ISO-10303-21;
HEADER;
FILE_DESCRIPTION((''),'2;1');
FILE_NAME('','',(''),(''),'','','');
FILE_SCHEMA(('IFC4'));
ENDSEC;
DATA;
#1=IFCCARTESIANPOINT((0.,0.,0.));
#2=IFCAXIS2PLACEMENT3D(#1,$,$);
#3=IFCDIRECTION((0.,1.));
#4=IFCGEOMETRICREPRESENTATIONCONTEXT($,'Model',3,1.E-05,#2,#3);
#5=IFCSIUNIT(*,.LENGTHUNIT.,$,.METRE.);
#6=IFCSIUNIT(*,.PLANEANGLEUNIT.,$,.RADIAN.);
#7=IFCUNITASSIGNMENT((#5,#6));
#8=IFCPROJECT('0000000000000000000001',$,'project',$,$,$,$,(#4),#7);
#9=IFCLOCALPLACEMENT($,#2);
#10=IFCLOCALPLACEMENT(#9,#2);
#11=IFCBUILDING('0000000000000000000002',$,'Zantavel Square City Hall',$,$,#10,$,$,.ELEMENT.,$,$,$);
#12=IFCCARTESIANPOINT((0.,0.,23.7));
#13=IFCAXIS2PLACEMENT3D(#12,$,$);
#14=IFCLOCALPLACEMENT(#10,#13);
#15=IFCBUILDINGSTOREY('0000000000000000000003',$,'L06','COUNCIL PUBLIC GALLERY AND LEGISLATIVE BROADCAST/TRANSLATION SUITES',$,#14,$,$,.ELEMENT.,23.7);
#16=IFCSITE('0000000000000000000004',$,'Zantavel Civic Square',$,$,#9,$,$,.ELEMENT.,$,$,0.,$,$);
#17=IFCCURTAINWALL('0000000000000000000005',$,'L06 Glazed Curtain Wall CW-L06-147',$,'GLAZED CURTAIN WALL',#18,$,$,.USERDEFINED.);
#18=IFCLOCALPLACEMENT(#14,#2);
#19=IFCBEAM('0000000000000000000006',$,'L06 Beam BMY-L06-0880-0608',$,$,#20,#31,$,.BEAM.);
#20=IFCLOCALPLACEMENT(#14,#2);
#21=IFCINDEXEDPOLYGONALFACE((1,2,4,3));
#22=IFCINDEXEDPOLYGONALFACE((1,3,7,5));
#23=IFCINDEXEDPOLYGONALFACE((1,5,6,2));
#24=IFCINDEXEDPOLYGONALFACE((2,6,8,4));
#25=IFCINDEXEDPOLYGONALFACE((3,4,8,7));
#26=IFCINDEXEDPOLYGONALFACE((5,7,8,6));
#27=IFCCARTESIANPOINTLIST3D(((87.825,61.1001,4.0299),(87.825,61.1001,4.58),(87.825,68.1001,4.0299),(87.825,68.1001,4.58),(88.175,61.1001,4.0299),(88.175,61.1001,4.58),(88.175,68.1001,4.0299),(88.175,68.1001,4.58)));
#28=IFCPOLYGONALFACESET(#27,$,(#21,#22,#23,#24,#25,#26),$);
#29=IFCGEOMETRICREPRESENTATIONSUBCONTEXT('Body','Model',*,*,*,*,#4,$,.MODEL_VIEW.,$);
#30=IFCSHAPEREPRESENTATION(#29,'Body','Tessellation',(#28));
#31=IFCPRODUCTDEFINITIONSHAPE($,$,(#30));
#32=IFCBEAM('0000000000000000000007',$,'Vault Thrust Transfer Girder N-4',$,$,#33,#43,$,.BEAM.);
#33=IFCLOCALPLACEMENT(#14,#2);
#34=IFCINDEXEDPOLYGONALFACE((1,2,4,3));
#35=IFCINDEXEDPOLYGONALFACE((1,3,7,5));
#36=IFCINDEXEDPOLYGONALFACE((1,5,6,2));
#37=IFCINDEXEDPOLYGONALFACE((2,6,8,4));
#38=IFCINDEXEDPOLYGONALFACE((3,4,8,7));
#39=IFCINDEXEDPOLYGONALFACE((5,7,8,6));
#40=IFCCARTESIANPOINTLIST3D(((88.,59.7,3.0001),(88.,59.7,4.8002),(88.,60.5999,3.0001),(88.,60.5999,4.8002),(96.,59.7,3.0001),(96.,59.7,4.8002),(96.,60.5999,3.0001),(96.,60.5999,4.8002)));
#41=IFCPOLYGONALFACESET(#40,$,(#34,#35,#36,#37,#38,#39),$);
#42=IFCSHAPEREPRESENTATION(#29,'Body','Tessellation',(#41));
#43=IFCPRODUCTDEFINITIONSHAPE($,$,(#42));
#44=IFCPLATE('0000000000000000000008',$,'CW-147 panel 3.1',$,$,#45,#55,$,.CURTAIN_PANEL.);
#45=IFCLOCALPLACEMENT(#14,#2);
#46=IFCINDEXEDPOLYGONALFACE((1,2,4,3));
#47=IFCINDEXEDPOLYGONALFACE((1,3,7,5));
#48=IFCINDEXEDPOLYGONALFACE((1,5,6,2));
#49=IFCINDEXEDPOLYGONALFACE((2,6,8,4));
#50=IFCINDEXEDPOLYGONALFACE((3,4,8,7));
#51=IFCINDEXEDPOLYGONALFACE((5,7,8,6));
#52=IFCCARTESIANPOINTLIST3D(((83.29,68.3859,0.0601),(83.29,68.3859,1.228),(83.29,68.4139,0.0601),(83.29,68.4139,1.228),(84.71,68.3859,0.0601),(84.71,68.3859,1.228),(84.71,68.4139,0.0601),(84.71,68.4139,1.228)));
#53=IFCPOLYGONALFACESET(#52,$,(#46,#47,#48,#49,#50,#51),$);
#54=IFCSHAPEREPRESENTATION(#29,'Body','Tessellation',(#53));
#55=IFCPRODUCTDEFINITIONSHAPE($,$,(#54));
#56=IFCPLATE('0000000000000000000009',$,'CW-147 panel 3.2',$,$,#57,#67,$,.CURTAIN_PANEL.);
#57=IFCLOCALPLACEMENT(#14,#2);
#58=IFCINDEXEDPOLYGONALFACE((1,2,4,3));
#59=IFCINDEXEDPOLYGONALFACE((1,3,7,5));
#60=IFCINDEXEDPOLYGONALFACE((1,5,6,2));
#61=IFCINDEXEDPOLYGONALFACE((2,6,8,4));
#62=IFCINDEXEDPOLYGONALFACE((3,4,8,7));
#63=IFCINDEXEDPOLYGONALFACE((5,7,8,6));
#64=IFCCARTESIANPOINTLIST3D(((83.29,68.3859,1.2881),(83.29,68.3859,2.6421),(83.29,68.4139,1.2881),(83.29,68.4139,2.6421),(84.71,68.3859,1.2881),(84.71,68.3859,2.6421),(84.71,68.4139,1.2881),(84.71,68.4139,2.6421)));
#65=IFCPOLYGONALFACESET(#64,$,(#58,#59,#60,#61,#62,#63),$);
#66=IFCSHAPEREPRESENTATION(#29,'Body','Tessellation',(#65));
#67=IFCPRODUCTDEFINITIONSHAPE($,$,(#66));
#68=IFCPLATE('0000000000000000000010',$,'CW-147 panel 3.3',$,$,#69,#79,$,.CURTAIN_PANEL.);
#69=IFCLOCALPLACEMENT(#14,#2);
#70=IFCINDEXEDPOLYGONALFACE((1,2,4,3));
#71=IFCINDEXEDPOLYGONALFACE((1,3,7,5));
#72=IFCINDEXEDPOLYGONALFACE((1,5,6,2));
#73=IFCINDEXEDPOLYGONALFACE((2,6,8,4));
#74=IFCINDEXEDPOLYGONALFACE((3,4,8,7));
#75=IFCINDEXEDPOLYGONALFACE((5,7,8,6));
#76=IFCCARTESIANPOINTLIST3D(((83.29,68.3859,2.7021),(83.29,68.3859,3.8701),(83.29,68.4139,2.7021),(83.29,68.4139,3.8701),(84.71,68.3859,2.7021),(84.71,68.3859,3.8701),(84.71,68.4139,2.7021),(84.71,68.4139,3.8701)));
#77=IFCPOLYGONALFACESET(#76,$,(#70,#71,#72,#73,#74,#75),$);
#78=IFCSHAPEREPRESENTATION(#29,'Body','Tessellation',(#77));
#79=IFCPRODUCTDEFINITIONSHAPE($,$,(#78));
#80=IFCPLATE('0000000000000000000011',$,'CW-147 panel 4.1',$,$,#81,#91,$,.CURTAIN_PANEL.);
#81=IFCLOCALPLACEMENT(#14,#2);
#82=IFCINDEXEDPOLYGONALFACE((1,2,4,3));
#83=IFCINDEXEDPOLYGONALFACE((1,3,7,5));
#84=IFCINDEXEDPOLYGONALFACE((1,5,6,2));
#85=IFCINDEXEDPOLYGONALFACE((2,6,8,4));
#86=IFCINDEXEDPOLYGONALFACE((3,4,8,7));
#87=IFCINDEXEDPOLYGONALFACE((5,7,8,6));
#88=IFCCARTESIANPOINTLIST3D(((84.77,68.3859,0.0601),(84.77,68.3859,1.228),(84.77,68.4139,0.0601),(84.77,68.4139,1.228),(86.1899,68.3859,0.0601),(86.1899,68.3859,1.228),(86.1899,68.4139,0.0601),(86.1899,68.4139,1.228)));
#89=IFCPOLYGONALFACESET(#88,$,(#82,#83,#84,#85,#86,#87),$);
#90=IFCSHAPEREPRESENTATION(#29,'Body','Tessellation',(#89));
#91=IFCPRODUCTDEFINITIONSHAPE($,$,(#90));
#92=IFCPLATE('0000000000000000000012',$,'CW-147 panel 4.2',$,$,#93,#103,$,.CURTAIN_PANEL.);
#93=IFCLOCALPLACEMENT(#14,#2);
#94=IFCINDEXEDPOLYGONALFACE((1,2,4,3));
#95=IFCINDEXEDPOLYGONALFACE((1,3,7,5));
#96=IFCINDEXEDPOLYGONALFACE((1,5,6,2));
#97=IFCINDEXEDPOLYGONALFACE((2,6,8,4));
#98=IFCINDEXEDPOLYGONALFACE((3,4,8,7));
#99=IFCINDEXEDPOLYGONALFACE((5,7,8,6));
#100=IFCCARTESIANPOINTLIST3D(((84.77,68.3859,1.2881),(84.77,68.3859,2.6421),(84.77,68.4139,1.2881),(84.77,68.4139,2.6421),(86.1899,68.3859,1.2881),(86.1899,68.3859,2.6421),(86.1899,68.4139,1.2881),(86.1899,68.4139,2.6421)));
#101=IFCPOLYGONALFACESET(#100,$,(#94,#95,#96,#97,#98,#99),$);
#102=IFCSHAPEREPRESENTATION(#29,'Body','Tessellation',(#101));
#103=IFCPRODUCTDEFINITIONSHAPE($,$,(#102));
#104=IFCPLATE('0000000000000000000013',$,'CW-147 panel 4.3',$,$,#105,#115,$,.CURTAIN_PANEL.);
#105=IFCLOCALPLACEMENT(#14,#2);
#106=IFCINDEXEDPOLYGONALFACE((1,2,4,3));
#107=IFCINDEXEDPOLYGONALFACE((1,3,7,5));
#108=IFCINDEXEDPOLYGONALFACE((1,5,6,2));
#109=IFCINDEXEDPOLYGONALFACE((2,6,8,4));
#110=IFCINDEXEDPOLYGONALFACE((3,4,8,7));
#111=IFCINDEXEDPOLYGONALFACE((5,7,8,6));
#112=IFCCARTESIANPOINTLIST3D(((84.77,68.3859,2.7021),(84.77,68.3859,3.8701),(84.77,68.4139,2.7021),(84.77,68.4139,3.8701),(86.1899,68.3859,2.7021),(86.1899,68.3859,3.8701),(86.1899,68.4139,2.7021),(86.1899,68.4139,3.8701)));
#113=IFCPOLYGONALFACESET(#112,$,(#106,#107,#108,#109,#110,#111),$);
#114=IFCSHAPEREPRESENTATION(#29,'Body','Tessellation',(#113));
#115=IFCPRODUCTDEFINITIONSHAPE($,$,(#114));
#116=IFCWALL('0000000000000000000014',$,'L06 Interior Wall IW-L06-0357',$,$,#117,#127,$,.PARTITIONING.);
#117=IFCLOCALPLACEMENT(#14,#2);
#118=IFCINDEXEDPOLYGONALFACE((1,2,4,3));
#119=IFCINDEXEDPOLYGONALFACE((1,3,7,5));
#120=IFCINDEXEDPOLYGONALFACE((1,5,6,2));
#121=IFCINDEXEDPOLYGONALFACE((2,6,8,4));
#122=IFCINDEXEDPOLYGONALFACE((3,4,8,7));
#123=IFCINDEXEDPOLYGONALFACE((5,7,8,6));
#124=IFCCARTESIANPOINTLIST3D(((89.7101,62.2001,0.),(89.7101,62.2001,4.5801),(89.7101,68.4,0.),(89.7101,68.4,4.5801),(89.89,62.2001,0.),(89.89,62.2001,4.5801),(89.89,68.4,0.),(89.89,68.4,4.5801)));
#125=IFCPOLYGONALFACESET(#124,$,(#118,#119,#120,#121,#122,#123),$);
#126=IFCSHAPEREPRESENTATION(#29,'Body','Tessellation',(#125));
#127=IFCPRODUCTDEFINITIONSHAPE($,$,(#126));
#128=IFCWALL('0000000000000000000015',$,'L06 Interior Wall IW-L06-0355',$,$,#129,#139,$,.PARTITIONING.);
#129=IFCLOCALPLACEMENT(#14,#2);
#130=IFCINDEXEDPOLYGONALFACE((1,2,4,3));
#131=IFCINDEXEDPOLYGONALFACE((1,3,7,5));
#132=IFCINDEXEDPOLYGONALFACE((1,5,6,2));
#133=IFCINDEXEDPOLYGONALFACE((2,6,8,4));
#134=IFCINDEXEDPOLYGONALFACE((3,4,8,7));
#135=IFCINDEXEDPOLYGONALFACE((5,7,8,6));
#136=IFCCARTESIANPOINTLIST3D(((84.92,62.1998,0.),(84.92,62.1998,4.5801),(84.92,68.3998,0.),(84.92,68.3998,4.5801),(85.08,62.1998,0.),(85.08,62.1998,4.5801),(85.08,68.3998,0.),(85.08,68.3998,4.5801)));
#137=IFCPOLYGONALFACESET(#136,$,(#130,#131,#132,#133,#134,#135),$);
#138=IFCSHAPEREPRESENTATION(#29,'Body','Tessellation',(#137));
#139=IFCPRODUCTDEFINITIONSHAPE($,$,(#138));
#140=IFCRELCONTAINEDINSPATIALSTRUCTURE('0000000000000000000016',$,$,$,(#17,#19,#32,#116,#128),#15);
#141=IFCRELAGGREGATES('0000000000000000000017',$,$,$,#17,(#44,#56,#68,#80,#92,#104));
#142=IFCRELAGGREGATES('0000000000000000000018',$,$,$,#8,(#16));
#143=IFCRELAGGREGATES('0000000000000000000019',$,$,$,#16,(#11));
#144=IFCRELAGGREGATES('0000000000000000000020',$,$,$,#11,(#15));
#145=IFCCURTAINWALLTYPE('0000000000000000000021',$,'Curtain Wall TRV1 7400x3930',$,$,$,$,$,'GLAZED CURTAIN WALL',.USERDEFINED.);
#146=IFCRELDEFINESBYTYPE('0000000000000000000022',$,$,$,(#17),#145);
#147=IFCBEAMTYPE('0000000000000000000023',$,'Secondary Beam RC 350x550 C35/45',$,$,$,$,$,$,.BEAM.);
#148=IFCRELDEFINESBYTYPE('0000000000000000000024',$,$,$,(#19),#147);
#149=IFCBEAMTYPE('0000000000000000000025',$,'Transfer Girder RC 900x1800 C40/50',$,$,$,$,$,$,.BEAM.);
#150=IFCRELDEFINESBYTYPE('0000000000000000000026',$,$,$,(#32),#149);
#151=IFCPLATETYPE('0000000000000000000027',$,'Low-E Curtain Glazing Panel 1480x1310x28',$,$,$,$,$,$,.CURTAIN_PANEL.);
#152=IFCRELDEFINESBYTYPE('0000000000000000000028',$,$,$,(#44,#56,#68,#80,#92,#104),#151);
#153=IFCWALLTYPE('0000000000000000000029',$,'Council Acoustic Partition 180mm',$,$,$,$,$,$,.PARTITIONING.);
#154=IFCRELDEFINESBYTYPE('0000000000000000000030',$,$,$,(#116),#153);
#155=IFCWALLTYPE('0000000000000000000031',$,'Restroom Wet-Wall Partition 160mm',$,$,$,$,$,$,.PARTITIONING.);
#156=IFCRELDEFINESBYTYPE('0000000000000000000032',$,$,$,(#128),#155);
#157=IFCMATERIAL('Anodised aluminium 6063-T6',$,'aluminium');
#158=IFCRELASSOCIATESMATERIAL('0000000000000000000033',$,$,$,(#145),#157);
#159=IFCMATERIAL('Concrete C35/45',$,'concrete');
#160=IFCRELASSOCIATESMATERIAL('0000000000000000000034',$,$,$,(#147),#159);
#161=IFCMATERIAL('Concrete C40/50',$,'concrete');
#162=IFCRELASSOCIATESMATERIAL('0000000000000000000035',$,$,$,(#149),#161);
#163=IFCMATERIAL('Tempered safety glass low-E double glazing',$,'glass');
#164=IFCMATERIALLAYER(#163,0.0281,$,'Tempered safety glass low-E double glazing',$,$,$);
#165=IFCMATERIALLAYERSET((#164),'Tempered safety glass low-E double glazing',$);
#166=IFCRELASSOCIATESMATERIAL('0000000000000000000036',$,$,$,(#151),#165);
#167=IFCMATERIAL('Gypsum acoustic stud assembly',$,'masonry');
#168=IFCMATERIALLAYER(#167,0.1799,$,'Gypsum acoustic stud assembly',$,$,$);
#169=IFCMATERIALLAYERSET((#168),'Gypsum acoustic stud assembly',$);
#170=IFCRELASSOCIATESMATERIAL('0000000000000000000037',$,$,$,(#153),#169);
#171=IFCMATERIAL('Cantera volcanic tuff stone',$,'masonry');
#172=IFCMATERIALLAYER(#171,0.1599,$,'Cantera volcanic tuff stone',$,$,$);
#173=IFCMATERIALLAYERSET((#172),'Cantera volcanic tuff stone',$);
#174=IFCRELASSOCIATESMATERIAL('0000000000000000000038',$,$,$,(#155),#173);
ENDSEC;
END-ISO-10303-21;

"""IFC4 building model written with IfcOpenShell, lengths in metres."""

from ifc_helpers import new_model, si_unit, direction, frame, frame_2d, origin, origin_2d, place, context, subcontext, project, spatial, rectangle, extrude, material, layer, layer_set, material_profile, profile_set, type_object, element, aggregate, save


model = new_model("IFC4")

# Units and contexts
model_context = context("Model", 3, precision=1e-05, world=origin(), true_north=direction((0.0, 1.0)))
body_context = subcontext(model_context, "Body", "Model", "MODEL_VIEW")
ifc_project = project(units=[si_unit("LENGTHUNIT", "METRE"), si_unit("PLANEANGLEUNIT", "RADIAN")], contexts=[model_context])

# Site, building, storey
site_placement = place(None, origin())
site = spatial("IfcSite", under=ifc_project, at=site_placement, Name="Zantavel Civic Square", CompositionType="ELEMENT", RefElevation=0.0)
building_placement = place(site_placement, origin())
building = spatial("IfcBuilding", under=site, at=building_placement, Name="Zantavel Square City Hall", CompositionType="ELEMENT")
storey_placement = place(building_placement, frame((0.0, 0.0, 23.7)))
storey = spatial("IfcBuildingStorey", under=building, at=storey_placement, Name="L06", Description="COUNCIL PUBLIC GALLERY AND LEGISLATIVE BROADCAST/TRANSLATION SUITES", CompositionType="ELEMENT", Elevation=23.7)

# Shared definitions
ifc_material_1 = material(Name="Concrete C40/50", Category="concrete")

# Curtain wall
ifc_material_2 = material(Name="Anodised aluminium 6063-T6", Category="aluminium")
curtain_wall_type = type_object("IfcCurtainWallType", Name="Curtain Wall TRV1 7400x3930", ElementType="GLAZED CURTAIN WALL", PredefinedType="USERDEFINED", material=ifc_material_2)
curtain_wall_placement = place(storey_placement, origin())
curtain_wall = element("IfcCurtainWall", 1, at=curtain_wall_placement, inside=storey, type_object=curtain_wall_type, Name="L06 Glazed Curtain Wall CW-L06-147", ObjectType="GLAZED CURTAIN WALL", PredefinedType="USERDEFINED")

# Beams
ifc_material_3 = material(Name="Concrete C35/45", Category="concrete")
ifc_material_profile_1 = material_profile(ifc_material_3, rectangle(XDim=0.3501, YDim=0.55, at=origin_2d()), Name="RC 350x550")
ifc_profile_set_1 = profile_set([ifc_material_profile_1], Name="Concrete C35/45")
beam_type_1 = type_object("IfcBeamType", Name="Secondary Beam RC 350x550 C35/45", PredefinedType="BEAM", material=ifc_profile_set_1)
beam_1_placement = place(storey_placement, frame((88.0, 61.1001, 4.3049), z_axis=(0.0, 1.0, 0.0), x_axis=(-1.0, 0.0, 0.0)))
element("IfcBeam", 2, at=beam_1_placement, inside=storey, type_object=beam_type_1, Name="L06 Beam BMY-L06-0880-0608", PredefinedType="BEAM", context=body_context, shape_type="SweptSolid", body=[
    extrude(rectangle(XDim=0.3501, YDim=0.55, at=origin_2d()), origin(), (0.0, 0.0, 1.0), 7.0),
])
ifc_material_profile_2 = material_profile(ifc_material_1, rectangle(XDim=0.8999, YDim=1.8, at=origin_2d()), Name="RC 900x1800")
ifc_profile_set_2 = profile_set([ifc_material_profile_2], Name="Concrete C40/50")
beam_type_2 = type_object("IfcBeamType", Name="Transfer Girder RC 900x1800 C40/50", PredefinedType="BEAM", material=ifc_profile_set_2)
beam_2_placement = place(storey_placement, frame((88.0, 60.1499, 3.9001), z_axis=(1.0, 0.0, 0.0), x_axis=(0.0, 1.0, 0.0)))
element("IfcBeam", 3, at=beam_2_placement, inside=storey, type_object=beam_type_2, Name="Vault Thrust Transfer Girder N-4", PredefinedType="BEAM", context=body_context, shape_type="SweptSolid", body=[
    extrude(rectangle(XDim=0.8999, YDim=1.8, at=origin_2d()), origin(), (0.0, 0.0, 1.0), 8.0),
])

# Plates
ifc_material_4 = material(Name="Tempered safety glass low-E double glazing", Category="glass")
ifc_layer_1 = layer(ifc_material_4, 0.0281, Name="Tempered safety glass low-E double glazing")
ifc_layer_set_1 = layer_set([ifc_layer_1], Name="Tempered safety glass low-E double glazing")
plate_type = type_object("IfcPlateType", Name="Low-E Curtain Glazing Panel 1480x1310x28", PredefinedType="CURTAIN_PANEL", material=ifc_layer_set_1)
plate_1_placement = place(storey_placement, frame((84.0, 68.3999, 0.0601), z_axis=(0.0, 0.0, 1.0), x_axis=(1.0, 0.0, 0.0)))
plate_1 = element("IfcPlate", 4, at=plate_1_placement, type_object=plate_type, Name="CW-147 panel 3.1", PredefinedType="CURTAIN_PANEL", context=body_context, shape_type="SweptSolid", body=[
    extrude(rectangle(XDim=1.4199, YDim=0.0281, at=origin_2d()), origin(), (0.0, 0.0, 1.0), 1.168),
])
plate_2_placement = place(storey_placement, frame((84.0, 68.3999, 1.2881), z_axis=(0.0, 0.0, 1.0), x_axis=(1.0, 0.0, 0.0)))
plate_2 = element("IfcPlate", 5, at=plate_2_placement, type_object=plate_type, Name="CW-147 panel 3.2", PredefinedType="CURTAIN_PANEL", context=body_context, shape_type="SweptSolid", body=[
    extrude(rectangle(XDim=1.4199, YDim=0.0281, at=origin_2d()), origin(), (0.0, 0.0, 1.0), 1.354),
])
plate_3_placement = place(storey_placement, frame((84.0, 68.3999, 2.7021), z_axis=(0.0, 0.0, 1.0), x_axis=(1.0, 0.0, 0.0)))
plate_3 = element("IfcPlate", 6, at=plate_3_placement, type_object=plate_type, Name="CW-147 panel 3.3", PredefinedType="CURTAIN_PANEL", context=body_context, shape_type="SweptSolid", body=[
    extrude(rectangle(XDim=1.4199, YDim=0.0281, at=origin_2d()), origin(), (0.0, 0.0, 1.0), 1.168),
])
plate_4_placement = place(storey_placement, frame((85.48, 68.3999, 0.0601), z_axis=(0.0, 0.0, 1.0), x_axis=(1.0, 0.0, 0.0)))
plate_4 = element("IfcPlate", 7, at=plate_4_placement, type_object=plate_type, Name="CW-147 panel 4.1", PredefinedType="CURTAIN_PANEL", context=body_context, shape_type="SweptSolid", body=[
    extrude(rectangle(XDim=1.4199, YDim=0.0281, at=origin_2d()), origin(), (0.0, 0.0, 1.0), 1.168),
])
plate_5_placement = place(storey_placement, frame((85.48, 68.3999, 1.2881), z_axis=(0.0, 0.0, 1.0), x_axis=(1.0, 0.0, 0.0)))
plate_5 = element("IfcPlate", 8, at=plate_5_placement, type_object=plate_type, Name="CW-147 panel 4.2", PredefinedType="CURTAIN_PANEL", context=body_context, shape_type="SweptSolid", body=[
    extrude(rectangle(XDim=1.4199, YDim=0.0281, at=origin_2d()), origin(), (0.0, 0.0, 1.0), 1.354),
])
plate_6_placement = place(storey_placement, frame((85.48, 68.3999, 2.7021), z_axis=(0.0, 0.0, 1.0), x_axis=(1.0, 0.0, 0.0)))
plate_6 = element("IfcPlate", 9, at=plate_6_placement, type_object=plate_type, Name="CW-147 panel 4.3", PredefinedType="CURTAIN_PANEL", context=body_context, shape_type="SweptSolid", body=[
    extrude(rectangle(XDim=1.4199, YDim=0.0281, at=origin_2d()), origin(), (0.0, 0.0, 1.0), 1.168),
])
aggregate(curtain_wall, [plate_1, plate_2, plate_3, plate_4, plate_5, plate_6])

# Wall
ifc_material_5 = material(Name="Gypsum acoustic stud assembly", Category="masonry")
ifc_layer_2 = layer(ifc_material_5, 0.1799, Name="Gypsum acoustic stud assembly")
ifc_layer_set_2 = layer_set([ifc_layer_2], Name="Gypsum acoustic stud assembly")
wall_type_1 = type_object("IfcWallType", Name="Council Acoustic Partition 180mm", PredefinedType="PARTITIONING", material=ifc_layer_set_2)
wall_1_placement = place(storey_placement, frame((89.8, 62.2, 0.0), z_axis=(0.0, 0.0, 1.0), x_axis=(0.0, 1.0, 0.0)))
element("IfcWall", 10, at=wall_1_placement, inside=storey, type_object=wall_type_1, Name="L06 Interior Wall IW-L06-0357", PredefinedType="PARTITIONING", context=body_context, shape_type="SweptSolid", body=[
    extrude(rectangle(XDim=6.2, YDim=0.1799, at=frame_2d((3.1001, 0.0))), origin(), (0.0, 0.0, 1.0), 4.5801),
])

# Shared definitions
ifc_material_6 = material(Name="Cantera volcanic tuff stone", Category="masonry")

# Wall
ifc_layer_3 = layer(ifc_material_6, 0.1599, Name="Cantera volcanic tuff stone")
ifc_layer_set_3 = layer_set([ifc_layer_3], Name="Cantera volcanic tuff stone")
wall_type_2 = type_object("IfcWallType", Name="Restroom Wet-Wall Partition 160mm", PredefinedType="PARTITIONING", material=ifc_layer_set_3)
wall_2_placement = place(storey_placement, frame((85.0, 68.3999, 0.0), z_axis=(0.0, 0.0, 1.0), x_axis=(0.0, -1.0, 0.0)))
element("IfcWall", 11, at=wall_2_placement, inside=storey, type_object=wall_type_2, Name="L06 Interior Wall IW-L06-0355", PredefinedType="PARTITIONING", context=body_context, shape_type="SweptSolid", body=[
    extrude(rectangle(XDim=6.2, YDim=0.1599, at=frame_2d((3.1001, 0.0))), origin(), (0.0, 0.0, 1.0), 4.5801),
])

save(model, "model.ifc")
